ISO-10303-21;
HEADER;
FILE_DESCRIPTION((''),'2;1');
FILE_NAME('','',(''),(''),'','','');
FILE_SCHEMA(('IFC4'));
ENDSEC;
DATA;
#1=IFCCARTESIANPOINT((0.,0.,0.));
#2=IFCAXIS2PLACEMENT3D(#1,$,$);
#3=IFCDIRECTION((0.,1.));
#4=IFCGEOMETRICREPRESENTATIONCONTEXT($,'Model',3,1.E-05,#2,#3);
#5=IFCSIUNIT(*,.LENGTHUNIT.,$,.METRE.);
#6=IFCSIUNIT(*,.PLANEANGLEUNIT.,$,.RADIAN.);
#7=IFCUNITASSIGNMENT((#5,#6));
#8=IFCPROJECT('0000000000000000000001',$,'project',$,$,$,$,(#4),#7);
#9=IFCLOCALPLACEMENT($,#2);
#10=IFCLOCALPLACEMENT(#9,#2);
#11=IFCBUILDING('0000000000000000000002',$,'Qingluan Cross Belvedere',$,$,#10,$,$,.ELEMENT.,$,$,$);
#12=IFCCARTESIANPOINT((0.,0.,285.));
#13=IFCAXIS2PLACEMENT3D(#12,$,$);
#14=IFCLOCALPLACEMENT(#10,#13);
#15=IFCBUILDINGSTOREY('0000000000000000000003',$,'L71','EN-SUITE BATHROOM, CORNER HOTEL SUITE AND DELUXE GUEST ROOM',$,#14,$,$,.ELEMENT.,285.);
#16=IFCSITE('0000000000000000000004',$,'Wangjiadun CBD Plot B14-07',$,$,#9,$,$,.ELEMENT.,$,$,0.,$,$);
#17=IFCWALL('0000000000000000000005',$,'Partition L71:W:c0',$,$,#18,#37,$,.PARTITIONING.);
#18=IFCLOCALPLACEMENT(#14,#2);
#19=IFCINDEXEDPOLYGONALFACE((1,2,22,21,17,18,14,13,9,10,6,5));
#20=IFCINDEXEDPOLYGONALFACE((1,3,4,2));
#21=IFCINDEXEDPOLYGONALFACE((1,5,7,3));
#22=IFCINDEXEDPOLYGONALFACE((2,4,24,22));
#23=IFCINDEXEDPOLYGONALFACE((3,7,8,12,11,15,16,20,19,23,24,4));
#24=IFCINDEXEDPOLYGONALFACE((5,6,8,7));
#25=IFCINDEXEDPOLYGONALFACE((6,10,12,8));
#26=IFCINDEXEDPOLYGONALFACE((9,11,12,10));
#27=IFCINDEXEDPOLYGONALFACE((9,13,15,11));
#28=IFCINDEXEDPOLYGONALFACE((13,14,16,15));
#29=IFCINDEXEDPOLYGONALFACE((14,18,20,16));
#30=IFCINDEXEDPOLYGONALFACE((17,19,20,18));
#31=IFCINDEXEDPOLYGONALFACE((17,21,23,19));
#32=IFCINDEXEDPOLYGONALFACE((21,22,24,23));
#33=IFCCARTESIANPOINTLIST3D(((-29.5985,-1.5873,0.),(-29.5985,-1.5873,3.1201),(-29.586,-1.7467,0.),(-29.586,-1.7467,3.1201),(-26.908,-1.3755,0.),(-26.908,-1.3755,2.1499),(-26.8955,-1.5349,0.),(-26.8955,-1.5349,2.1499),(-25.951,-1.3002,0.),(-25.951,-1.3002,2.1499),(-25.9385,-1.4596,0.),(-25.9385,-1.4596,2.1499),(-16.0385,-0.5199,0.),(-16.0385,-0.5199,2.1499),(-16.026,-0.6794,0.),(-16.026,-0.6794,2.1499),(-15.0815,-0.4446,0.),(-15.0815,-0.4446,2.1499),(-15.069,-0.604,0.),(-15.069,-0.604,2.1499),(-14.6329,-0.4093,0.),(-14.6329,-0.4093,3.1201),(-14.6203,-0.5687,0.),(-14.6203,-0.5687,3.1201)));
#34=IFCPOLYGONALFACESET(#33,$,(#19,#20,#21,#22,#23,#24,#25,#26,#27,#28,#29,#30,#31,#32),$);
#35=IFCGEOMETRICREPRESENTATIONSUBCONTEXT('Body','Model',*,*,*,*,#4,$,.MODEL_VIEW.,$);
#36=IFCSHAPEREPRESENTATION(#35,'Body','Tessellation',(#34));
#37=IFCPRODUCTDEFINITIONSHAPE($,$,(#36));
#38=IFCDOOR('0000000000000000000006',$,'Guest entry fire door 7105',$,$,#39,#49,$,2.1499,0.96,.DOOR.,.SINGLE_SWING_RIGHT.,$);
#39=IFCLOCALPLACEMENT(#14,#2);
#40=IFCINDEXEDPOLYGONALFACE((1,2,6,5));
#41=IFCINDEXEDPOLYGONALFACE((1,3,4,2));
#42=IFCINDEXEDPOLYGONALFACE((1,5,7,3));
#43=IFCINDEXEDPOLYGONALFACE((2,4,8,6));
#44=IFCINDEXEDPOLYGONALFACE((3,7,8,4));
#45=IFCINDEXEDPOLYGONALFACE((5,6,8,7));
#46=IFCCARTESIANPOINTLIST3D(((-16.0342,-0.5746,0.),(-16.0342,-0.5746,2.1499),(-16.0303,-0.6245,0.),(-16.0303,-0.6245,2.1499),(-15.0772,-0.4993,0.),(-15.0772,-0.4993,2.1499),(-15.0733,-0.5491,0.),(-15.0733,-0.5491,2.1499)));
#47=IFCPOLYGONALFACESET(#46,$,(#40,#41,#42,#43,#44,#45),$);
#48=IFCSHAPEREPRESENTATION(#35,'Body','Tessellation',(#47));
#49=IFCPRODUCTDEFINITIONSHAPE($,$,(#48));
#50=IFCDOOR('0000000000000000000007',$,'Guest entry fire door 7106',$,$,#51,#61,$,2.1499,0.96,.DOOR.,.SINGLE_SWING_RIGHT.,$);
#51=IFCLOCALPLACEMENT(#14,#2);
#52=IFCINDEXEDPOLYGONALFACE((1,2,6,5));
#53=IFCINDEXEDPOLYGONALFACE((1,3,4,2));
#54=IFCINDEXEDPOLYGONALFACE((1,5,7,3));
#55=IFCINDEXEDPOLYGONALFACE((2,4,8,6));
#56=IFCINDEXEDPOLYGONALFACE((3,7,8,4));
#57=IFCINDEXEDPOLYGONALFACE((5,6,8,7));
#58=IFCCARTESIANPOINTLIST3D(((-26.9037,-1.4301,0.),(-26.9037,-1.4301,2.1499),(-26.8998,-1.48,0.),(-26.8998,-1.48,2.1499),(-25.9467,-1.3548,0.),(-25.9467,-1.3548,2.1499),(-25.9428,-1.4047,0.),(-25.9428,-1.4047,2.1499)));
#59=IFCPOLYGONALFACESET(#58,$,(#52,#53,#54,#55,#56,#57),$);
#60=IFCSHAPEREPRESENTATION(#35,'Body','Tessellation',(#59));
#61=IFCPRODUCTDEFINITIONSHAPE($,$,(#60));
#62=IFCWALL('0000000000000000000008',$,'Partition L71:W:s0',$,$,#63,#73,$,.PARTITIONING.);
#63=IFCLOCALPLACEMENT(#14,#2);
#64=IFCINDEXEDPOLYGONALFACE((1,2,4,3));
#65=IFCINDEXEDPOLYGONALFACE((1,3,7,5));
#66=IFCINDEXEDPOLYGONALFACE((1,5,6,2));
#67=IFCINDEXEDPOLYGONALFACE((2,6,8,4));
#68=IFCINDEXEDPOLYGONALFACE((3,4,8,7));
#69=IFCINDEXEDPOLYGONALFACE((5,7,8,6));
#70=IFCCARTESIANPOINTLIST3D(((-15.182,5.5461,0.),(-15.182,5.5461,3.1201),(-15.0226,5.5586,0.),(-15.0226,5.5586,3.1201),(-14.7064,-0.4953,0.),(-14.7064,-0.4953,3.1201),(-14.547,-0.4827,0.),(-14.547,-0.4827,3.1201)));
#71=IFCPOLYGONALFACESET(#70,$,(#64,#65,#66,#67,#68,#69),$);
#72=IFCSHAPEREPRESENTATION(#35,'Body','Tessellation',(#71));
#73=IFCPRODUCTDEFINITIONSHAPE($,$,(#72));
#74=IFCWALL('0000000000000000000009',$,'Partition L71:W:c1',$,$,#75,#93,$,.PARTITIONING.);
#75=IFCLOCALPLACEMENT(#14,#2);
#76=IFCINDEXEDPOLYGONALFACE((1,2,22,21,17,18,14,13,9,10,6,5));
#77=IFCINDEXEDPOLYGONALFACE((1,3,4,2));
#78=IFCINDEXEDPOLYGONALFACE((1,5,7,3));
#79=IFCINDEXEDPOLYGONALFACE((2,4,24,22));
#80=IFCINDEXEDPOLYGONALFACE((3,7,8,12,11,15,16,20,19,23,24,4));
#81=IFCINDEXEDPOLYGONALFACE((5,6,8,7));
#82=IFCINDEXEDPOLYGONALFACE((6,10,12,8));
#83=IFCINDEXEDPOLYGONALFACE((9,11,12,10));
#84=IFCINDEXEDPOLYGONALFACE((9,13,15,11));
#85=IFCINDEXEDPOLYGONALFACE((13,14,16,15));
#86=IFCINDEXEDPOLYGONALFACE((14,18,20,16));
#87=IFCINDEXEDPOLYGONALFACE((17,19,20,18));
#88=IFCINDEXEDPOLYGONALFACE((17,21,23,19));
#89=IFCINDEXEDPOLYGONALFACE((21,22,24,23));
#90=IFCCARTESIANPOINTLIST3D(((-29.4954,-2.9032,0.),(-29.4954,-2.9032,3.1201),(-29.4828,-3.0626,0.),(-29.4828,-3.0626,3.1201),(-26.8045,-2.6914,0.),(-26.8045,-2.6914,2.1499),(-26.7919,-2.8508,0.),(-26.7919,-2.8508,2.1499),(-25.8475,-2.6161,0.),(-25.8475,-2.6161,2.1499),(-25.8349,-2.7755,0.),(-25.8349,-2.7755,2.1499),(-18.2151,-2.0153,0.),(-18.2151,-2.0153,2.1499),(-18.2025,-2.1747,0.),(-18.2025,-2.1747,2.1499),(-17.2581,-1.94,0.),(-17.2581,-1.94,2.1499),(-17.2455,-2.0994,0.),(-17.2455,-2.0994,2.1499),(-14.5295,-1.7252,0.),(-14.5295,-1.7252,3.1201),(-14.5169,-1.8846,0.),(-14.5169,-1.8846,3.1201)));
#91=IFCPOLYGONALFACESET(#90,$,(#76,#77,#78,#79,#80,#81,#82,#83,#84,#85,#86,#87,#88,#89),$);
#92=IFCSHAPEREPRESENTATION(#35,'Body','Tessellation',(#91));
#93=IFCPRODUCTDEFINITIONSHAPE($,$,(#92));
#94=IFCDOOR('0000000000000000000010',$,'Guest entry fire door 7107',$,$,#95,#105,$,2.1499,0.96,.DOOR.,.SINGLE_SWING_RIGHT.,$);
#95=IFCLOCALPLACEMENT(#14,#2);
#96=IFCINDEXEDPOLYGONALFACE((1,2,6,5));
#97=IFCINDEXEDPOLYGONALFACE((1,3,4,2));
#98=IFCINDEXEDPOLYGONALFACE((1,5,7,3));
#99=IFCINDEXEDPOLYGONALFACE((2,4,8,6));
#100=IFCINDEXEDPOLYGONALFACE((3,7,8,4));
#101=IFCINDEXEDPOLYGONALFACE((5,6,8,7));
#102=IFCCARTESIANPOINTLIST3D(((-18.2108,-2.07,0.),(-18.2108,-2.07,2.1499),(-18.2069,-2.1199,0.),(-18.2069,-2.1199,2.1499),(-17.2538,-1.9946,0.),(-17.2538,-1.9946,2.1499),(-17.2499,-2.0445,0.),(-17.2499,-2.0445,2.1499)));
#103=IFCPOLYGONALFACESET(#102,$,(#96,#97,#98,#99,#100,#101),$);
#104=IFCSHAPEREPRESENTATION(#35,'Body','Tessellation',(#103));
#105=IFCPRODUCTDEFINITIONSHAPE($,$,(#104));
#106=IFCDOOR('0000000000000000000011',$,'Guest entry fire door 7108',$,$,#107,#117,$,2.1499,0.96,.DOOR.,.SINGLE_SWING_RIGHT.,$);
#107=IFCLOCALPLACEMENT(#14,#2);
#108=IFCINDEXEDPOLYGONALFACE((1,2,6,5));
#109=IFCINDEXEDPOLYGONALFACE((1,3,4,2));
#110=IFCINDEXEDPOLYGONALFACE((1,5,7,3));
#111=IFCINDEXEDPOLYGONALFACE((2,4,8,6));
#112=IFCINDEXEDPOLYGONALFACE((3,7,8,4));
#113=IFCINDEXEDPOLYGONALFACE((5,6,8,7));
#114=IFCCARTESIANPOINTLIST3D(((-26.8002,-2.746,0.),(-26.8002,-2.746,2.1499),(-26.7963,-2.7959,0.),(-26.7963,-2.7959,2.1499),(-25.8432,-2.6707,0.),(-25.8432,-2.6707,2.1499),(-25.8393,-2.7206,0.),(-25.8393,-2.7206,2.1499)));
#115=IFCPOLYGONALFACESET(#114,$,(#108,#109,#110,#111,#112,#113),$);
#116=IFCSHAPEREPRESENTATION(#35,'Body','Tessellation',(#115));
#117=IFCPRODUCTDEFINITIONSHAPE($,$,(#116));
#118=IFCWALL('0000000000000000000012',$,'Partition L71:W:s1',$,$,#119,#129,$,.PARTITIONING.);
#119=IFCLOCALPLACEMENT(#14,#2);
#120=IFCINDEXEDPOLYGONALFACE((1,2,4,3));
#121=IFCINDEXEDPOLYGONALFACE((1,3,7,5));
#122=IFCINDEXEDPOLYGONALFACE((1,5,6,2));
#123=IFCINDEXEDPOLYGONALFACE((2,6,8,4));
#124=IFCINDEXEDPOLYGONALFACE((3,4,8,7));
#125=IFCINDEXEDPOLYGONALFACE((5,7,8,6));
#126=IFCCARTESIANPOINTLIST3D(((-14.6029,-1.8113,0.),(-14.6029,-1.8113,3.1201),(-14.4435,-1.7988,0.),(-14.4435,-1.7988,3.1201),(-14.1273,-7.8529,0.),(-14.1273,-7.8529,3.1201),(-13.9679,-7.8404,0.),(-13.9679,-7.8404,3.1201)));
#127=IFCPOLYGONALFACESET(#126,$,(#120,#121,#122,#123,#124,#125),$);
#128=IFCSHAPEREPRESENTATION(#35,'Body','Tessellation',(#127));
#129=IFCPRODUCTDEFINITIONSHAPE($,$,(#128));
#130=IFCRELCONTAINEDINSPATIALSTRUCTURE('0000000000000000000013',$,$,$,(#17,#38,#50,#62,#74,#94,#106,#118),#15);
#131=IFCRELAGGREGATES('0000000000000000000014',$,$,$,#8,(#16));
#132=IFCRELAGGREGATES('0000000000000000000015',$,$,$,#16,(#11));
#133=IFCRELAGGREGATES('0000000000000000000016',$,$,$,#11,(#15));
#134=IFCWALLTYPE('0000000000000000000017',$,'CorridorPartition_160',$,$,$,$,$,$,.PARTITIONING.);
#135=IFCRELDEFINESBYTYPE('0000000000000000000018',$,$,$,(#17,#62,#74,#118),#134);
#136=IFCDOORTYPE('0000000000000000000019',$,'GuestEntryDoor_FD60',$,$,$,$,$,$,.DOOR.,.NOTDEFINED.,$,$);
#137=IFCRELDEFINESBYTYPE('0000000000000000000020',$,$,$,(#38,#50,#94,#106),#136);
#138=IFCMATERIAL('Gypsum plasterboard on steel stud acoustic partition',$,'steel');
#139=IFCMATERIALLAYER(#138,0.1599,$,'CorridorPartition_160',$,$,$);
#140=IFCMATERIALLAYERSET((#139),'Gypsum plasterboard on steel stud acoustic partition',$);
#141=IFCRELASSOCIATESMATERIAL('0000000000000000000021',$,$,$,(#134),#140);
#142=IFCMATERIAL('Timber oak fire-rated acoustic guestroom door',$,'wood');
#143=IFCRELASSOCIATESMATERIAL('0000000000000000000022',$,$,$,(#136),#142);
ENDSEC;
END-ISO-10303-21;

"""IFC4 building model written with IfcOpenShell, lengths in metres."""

from ifc_helpers import new_model, si_unit, direction, frame, frame_2d, origin, place, context, subcontext, project, spatial, rectangle, extrude, material, layer, layer_set, type_object, element, fill, save


model = new_model("IFC4")

# Units and contexts
model_context = context("Model", 3, precision=1e-05, world=origin(), true_north=direction((0.0, 1.0)))
body_context = subcontext(model_context, "Body", "Model", "MODEL_VIEW")
ifc_project = project(units=[si_unit("LENGTHUNIT", "METRE"), si_unit("PLANEANGLEUNIT", "RADIAN")], contexts=[model_context])

# Site, building, storey
site_placement = place(None, origin())
site = spatial("IfcSite", under=ifc_project, at=site_placement, Name="Wangjiadun CBD Plot B14-07", CompositionType="ELEMENT", RefElevation=0.0)
building_placement = place(site_placement, origin())
building = spatial("IfcBuilding", under=site, at=building_placement, Name="Qingluan Cross Belvedere", CompositionType="ELEMENT")
storey_placement = place(building_placement, frame((0.0, 0.0, 285.0)))
storey = spatial("IfcBuildingStorey", under=building, at=storey_placement, Name="L71", Description="EN-SUITE BATHROOM, CORNER HOTEL SUITE AND DELUXE GUEST ROOM", CompositionType="ELEMENT", Elevation=285.0)

# Wall, openings, doors
ifc_material_1 = material(Name="Gypsum plasterboard on steel stud acoustic partition", Category="steel")
ifc_layer_1 = layer(ifc_material_1, 0.1599, Name="CorridorPartition_160")
ifc_layer_set_1 = layer_set([ifc_layer_1], Name="Gypsum plasterboard on steel stud acoustic partition")
wall_type_1 = type_object("IfcWallType", Name="CorridorPartition_160", PredefinedType="PARTITIONING", material=ifc_layer_set_1)
wall_1_placement = place(storey_placement, frame((-14.6267, -0.489, 0.0), z_axis=(0.0, 0.0, 1.0), x_axis=(-0.996916, -0.07847, 0.0)))
wall_1 = element("IfcWall", 1, at=wall_1_placement, inside=storey, type_object=wall_type_1, Name="Partition L71:W:c0", PredefinedType="PARTITIONING", context=body_context, shape_type="SweptSolid", body=[
    extrude(rectangle(XDim=15.012, YDim=0.1599, at=frame_2d((7.5059, 0.0))), origin(), (0.0, 0.0, 1.0), 3.1201),
])
opening_1_placement = place(wall_1_placement, frame((0.45, 0.0, 0.0)))
opening_1 = element("IfcOpeningElement", 2, at=opening_1_placement, cuts=wall_1, PredefinedType="OPENING", context=body_context, shape_type="SweptSolid", body=[
    extrude(rectangle(XDim=0.96, YDim=2.1499, at=frame_2d((0.48, 1.075))), frame((0.0, 0.0898, 0.0), z_axis=(0.0, -1.0, 0.0), x_axis=(1.0, 0.0, 0.0)), (0.0, 0.0, 1.0), 0.1799),
])
opening_2_placement = place(wall_1_placement, frame((11.353, 0.0, 0.0)))
opening_2 = element("IfcOpeningElement", 3, at=opening_2_placement, cuts=wall_1, PredefinedType="OPENING", context=body_context, shape_type="SweptSolid", body=[
    extrude(rectangle(XDim=0.96, YDim=2.1499, at=frame_2d((0.48, 1.075))), frame((0.0, 0.0898, 0.0), z_axis=(0.0, -1.0, 0.0), x_axis=(1.0, 0.0, 0.0)), (0.0, 0.0, 1.0), 0.1799),
])
ifc_material_2 = material(Name="Timber oak fire-rated acoustic guestroom door", Category="wood")
door_type = type_object("IfcDoorType", Name="GuestEntryDoor_FD60", OperationType="NOTDEFINED", PredefinedType="DOOR", material=ifc_material_2)
door_1_placement = place(opening_1_placement, origin())
door_1 = element("IfcDoor", 4, at=door_1_placement, inside=storey, type_object=door_type, Name="Guest entry fire door 7105", OperationType="SINGLE_SWING_RIGHT", OverallHeight=2.1499, OverallWidth=0.96, PredefinedType="DOOR", context=body_context, shape_type="SweptSolid", body=[
    extrude(rectangle(XDim=0.96, YDim=2.1499, at=frame_2d((0.48, 1.075))), frame((0.0, 0.0249, 0.0), z_axis=(0.0, -1.0, 0.0), x_axis=(1.0, 0.0, 0.0)), (0.0, 0.0, 1.0), 0.05),
])
fill(opening_1, door_1)
door_2_placement = place(opening_2_placement, origin())
door_2 = element("IfcDoor", 5, at=door_2_placement, inside=storey, type_object=door_type, Name="Guest entry fire door 7106", OperationType="SINGLE_SWING_RIGHT", OverallHeight=2.1499, OverallWidth=0.96, PredefinedType="DOOR", context=body_context, shape_type="SweptSolid", body=[
    extrude(rectangle(XDim=0.96, YDim=2.1499, at=frame_2d((0.48, 1.075))), frame((0.0, 0.0249, 0.0), z_axis=(0.0, -1.0, 0.0), x_axis=(1.0, 0.0, 0.0)), (0.0, 0.0, 1.0), 0.05),
])
fill(opening_2, door_2)

# Wall
wall_2_placement = place(storey_placement, frame((-14.6267, -0.489, 0.0), z_axis=(0.0, 0.0, 1.0), x_axis=(-0.07848, 0.996916, 0.0)))
element("IfcWall", 6, at=wall_2_placement, inside=storey, type_object=wall_type_1, Name="Partition L71:W:s0", PredefinedType="PARTITIONING", context=body_context, shape_type="SweptSolid", body=[
    extrude(rectangle(XDim=6.0601, YDim=0.1599, at=frame_2d((3.03, 0.0))), origin(), (0.0, 0.0, 1.0), 3.1201),
])

# Wall, openings, doors
wall_3_placement = place(storey_placement, frame((-14.5232, -1.8049, 0.0), z_axis=(0.0, 0.0, 1.0), x_axis=(-0.996917, -0.078469, 0.0)))
wall_3 = element("IfcWall", 7, at=wall_3_placement, inside=storey, type_object=wall_type_1, Name="Partition L71:W:c1", PredefinedType="PARTITIONING", context=body_context, shape_type="SweptSolid", body=[
    extrude(rectangle(XDim=15.0122, YDim=0.1599, at=frame_2d((7.5061, 0.0))), origin(), (0.0, 0.0, 1.0), 3.1201),
])
opening_3_placement = place(wall_3_placement, frame((2.7371, 0.0, 0.0)))
opening_3 = element("IfcOpeningElement", 8, at=opening_3_placement, cuts=wall_3, PredefinedType="OPENING", context=body_context, shape_type="SweptSolid", body=[
    extrude(rectangle(XDim=0.96, YDim=2.1499, at=frame_2d((0.48, 1.075))), frame((0.0, 0.0898, 0.0), z_axis=(0.0, -1.0, 0.0), x_axis=(1.0, 0.0, 0.0)), (0.0, 0.0, 1.0), 0.1799),
])
opening_4_placement = place(wall_3_placement, frame((11.353, 0.0, 0.0)))
opening_4 = element("IfcOpeningElement", 9, at=opening_4_placement, cuts=wall_3, PredefinedType="OPENING", context=body_context, shape_type="SweptSolid", body=[
    extrude(rectangle(XDim=0.96, YDim=2.1499, at=frame_2d((0.48, 1.075))), frame((0.0, 0.0898, 0.0), z_axis=(0.0, -1.0, 0.0), x_axis=(1.0, 0.0, 0.0)), (0.0, 0.0, 1.0), 0.1799),
])
door_3_placement = place(opening_3_placement, origin())
door_3 = element("IfcDoor", 10, at=door_3_placement, inside=storey, type_object=door_type, Name="Guest entry fire door 7107", OperationType="SINGLE_SWING_RIGHT", OverallHeight=2.1499, OverallWidth=0.96, PredefinedType="DOOR", context=body_context, shape_type="SweptSolid", body=[
    extrude(rectangle(XDim=0.96, YDim=2.1499, at=frame_2d((0.48, 1.075))), frame((0.0, 0.0249, 0.0), z_axis=(0.0, -1.0, 0.0), x_axis=(1.0, 0.0, 0.0)), (0.0, 0.0, 1.0), 0.05),
])
fill(opening_3, door_3)
door_4_placement = place(opening_4_placement, origin())
door_4 = element("IfcDoor", 11, at=door_4_placement, inside=storey, type_object=door_type, Name="Guest entry fire door 7108", OperationType="SINGLE_SWING_RIGHT", OverallHeight=2.1499, OverallWidth=0.96, PredefinedType="DOOR", context=body_context, shape_type="SweptSolid", body=[
    extrude(rectangle(XDim=0.96, YDim=2.1499, at=frame_2d((0.48, 1.075))), frame((0.0, 0.0249, 0.0), z_axis=(0.0, -1.0, 0.0), x_axis=(1.0, 0.0, 0.0)), (0.0, 0.0, 1.0), 0.05),
])
fill(opening_4, door_4)

# Wall
wall_4_placement = place(storey_placement, frame((-14.5232, -1.8049, 0.0), z_axis=(0.0, 0.0, 1.0), x_axis=(0.078477, -0.996916, 0.0)))
element("IfcWall", 12, at=wall_4_placement, inside=storey, type_object=wall_type_1, Name="Partition L71:W:s1", PredefinedType="PARTITIONING", context=body_context, shape_type="SweptSolid", body=[
    extrude(rectangle(XDim=6.0603, YDim=0.1599, at=frame_2d((3.0303, 0.0))), origin(), (0.0, 0.0, 1.0), 3.1201),
])

save(model, "model.ifc")
